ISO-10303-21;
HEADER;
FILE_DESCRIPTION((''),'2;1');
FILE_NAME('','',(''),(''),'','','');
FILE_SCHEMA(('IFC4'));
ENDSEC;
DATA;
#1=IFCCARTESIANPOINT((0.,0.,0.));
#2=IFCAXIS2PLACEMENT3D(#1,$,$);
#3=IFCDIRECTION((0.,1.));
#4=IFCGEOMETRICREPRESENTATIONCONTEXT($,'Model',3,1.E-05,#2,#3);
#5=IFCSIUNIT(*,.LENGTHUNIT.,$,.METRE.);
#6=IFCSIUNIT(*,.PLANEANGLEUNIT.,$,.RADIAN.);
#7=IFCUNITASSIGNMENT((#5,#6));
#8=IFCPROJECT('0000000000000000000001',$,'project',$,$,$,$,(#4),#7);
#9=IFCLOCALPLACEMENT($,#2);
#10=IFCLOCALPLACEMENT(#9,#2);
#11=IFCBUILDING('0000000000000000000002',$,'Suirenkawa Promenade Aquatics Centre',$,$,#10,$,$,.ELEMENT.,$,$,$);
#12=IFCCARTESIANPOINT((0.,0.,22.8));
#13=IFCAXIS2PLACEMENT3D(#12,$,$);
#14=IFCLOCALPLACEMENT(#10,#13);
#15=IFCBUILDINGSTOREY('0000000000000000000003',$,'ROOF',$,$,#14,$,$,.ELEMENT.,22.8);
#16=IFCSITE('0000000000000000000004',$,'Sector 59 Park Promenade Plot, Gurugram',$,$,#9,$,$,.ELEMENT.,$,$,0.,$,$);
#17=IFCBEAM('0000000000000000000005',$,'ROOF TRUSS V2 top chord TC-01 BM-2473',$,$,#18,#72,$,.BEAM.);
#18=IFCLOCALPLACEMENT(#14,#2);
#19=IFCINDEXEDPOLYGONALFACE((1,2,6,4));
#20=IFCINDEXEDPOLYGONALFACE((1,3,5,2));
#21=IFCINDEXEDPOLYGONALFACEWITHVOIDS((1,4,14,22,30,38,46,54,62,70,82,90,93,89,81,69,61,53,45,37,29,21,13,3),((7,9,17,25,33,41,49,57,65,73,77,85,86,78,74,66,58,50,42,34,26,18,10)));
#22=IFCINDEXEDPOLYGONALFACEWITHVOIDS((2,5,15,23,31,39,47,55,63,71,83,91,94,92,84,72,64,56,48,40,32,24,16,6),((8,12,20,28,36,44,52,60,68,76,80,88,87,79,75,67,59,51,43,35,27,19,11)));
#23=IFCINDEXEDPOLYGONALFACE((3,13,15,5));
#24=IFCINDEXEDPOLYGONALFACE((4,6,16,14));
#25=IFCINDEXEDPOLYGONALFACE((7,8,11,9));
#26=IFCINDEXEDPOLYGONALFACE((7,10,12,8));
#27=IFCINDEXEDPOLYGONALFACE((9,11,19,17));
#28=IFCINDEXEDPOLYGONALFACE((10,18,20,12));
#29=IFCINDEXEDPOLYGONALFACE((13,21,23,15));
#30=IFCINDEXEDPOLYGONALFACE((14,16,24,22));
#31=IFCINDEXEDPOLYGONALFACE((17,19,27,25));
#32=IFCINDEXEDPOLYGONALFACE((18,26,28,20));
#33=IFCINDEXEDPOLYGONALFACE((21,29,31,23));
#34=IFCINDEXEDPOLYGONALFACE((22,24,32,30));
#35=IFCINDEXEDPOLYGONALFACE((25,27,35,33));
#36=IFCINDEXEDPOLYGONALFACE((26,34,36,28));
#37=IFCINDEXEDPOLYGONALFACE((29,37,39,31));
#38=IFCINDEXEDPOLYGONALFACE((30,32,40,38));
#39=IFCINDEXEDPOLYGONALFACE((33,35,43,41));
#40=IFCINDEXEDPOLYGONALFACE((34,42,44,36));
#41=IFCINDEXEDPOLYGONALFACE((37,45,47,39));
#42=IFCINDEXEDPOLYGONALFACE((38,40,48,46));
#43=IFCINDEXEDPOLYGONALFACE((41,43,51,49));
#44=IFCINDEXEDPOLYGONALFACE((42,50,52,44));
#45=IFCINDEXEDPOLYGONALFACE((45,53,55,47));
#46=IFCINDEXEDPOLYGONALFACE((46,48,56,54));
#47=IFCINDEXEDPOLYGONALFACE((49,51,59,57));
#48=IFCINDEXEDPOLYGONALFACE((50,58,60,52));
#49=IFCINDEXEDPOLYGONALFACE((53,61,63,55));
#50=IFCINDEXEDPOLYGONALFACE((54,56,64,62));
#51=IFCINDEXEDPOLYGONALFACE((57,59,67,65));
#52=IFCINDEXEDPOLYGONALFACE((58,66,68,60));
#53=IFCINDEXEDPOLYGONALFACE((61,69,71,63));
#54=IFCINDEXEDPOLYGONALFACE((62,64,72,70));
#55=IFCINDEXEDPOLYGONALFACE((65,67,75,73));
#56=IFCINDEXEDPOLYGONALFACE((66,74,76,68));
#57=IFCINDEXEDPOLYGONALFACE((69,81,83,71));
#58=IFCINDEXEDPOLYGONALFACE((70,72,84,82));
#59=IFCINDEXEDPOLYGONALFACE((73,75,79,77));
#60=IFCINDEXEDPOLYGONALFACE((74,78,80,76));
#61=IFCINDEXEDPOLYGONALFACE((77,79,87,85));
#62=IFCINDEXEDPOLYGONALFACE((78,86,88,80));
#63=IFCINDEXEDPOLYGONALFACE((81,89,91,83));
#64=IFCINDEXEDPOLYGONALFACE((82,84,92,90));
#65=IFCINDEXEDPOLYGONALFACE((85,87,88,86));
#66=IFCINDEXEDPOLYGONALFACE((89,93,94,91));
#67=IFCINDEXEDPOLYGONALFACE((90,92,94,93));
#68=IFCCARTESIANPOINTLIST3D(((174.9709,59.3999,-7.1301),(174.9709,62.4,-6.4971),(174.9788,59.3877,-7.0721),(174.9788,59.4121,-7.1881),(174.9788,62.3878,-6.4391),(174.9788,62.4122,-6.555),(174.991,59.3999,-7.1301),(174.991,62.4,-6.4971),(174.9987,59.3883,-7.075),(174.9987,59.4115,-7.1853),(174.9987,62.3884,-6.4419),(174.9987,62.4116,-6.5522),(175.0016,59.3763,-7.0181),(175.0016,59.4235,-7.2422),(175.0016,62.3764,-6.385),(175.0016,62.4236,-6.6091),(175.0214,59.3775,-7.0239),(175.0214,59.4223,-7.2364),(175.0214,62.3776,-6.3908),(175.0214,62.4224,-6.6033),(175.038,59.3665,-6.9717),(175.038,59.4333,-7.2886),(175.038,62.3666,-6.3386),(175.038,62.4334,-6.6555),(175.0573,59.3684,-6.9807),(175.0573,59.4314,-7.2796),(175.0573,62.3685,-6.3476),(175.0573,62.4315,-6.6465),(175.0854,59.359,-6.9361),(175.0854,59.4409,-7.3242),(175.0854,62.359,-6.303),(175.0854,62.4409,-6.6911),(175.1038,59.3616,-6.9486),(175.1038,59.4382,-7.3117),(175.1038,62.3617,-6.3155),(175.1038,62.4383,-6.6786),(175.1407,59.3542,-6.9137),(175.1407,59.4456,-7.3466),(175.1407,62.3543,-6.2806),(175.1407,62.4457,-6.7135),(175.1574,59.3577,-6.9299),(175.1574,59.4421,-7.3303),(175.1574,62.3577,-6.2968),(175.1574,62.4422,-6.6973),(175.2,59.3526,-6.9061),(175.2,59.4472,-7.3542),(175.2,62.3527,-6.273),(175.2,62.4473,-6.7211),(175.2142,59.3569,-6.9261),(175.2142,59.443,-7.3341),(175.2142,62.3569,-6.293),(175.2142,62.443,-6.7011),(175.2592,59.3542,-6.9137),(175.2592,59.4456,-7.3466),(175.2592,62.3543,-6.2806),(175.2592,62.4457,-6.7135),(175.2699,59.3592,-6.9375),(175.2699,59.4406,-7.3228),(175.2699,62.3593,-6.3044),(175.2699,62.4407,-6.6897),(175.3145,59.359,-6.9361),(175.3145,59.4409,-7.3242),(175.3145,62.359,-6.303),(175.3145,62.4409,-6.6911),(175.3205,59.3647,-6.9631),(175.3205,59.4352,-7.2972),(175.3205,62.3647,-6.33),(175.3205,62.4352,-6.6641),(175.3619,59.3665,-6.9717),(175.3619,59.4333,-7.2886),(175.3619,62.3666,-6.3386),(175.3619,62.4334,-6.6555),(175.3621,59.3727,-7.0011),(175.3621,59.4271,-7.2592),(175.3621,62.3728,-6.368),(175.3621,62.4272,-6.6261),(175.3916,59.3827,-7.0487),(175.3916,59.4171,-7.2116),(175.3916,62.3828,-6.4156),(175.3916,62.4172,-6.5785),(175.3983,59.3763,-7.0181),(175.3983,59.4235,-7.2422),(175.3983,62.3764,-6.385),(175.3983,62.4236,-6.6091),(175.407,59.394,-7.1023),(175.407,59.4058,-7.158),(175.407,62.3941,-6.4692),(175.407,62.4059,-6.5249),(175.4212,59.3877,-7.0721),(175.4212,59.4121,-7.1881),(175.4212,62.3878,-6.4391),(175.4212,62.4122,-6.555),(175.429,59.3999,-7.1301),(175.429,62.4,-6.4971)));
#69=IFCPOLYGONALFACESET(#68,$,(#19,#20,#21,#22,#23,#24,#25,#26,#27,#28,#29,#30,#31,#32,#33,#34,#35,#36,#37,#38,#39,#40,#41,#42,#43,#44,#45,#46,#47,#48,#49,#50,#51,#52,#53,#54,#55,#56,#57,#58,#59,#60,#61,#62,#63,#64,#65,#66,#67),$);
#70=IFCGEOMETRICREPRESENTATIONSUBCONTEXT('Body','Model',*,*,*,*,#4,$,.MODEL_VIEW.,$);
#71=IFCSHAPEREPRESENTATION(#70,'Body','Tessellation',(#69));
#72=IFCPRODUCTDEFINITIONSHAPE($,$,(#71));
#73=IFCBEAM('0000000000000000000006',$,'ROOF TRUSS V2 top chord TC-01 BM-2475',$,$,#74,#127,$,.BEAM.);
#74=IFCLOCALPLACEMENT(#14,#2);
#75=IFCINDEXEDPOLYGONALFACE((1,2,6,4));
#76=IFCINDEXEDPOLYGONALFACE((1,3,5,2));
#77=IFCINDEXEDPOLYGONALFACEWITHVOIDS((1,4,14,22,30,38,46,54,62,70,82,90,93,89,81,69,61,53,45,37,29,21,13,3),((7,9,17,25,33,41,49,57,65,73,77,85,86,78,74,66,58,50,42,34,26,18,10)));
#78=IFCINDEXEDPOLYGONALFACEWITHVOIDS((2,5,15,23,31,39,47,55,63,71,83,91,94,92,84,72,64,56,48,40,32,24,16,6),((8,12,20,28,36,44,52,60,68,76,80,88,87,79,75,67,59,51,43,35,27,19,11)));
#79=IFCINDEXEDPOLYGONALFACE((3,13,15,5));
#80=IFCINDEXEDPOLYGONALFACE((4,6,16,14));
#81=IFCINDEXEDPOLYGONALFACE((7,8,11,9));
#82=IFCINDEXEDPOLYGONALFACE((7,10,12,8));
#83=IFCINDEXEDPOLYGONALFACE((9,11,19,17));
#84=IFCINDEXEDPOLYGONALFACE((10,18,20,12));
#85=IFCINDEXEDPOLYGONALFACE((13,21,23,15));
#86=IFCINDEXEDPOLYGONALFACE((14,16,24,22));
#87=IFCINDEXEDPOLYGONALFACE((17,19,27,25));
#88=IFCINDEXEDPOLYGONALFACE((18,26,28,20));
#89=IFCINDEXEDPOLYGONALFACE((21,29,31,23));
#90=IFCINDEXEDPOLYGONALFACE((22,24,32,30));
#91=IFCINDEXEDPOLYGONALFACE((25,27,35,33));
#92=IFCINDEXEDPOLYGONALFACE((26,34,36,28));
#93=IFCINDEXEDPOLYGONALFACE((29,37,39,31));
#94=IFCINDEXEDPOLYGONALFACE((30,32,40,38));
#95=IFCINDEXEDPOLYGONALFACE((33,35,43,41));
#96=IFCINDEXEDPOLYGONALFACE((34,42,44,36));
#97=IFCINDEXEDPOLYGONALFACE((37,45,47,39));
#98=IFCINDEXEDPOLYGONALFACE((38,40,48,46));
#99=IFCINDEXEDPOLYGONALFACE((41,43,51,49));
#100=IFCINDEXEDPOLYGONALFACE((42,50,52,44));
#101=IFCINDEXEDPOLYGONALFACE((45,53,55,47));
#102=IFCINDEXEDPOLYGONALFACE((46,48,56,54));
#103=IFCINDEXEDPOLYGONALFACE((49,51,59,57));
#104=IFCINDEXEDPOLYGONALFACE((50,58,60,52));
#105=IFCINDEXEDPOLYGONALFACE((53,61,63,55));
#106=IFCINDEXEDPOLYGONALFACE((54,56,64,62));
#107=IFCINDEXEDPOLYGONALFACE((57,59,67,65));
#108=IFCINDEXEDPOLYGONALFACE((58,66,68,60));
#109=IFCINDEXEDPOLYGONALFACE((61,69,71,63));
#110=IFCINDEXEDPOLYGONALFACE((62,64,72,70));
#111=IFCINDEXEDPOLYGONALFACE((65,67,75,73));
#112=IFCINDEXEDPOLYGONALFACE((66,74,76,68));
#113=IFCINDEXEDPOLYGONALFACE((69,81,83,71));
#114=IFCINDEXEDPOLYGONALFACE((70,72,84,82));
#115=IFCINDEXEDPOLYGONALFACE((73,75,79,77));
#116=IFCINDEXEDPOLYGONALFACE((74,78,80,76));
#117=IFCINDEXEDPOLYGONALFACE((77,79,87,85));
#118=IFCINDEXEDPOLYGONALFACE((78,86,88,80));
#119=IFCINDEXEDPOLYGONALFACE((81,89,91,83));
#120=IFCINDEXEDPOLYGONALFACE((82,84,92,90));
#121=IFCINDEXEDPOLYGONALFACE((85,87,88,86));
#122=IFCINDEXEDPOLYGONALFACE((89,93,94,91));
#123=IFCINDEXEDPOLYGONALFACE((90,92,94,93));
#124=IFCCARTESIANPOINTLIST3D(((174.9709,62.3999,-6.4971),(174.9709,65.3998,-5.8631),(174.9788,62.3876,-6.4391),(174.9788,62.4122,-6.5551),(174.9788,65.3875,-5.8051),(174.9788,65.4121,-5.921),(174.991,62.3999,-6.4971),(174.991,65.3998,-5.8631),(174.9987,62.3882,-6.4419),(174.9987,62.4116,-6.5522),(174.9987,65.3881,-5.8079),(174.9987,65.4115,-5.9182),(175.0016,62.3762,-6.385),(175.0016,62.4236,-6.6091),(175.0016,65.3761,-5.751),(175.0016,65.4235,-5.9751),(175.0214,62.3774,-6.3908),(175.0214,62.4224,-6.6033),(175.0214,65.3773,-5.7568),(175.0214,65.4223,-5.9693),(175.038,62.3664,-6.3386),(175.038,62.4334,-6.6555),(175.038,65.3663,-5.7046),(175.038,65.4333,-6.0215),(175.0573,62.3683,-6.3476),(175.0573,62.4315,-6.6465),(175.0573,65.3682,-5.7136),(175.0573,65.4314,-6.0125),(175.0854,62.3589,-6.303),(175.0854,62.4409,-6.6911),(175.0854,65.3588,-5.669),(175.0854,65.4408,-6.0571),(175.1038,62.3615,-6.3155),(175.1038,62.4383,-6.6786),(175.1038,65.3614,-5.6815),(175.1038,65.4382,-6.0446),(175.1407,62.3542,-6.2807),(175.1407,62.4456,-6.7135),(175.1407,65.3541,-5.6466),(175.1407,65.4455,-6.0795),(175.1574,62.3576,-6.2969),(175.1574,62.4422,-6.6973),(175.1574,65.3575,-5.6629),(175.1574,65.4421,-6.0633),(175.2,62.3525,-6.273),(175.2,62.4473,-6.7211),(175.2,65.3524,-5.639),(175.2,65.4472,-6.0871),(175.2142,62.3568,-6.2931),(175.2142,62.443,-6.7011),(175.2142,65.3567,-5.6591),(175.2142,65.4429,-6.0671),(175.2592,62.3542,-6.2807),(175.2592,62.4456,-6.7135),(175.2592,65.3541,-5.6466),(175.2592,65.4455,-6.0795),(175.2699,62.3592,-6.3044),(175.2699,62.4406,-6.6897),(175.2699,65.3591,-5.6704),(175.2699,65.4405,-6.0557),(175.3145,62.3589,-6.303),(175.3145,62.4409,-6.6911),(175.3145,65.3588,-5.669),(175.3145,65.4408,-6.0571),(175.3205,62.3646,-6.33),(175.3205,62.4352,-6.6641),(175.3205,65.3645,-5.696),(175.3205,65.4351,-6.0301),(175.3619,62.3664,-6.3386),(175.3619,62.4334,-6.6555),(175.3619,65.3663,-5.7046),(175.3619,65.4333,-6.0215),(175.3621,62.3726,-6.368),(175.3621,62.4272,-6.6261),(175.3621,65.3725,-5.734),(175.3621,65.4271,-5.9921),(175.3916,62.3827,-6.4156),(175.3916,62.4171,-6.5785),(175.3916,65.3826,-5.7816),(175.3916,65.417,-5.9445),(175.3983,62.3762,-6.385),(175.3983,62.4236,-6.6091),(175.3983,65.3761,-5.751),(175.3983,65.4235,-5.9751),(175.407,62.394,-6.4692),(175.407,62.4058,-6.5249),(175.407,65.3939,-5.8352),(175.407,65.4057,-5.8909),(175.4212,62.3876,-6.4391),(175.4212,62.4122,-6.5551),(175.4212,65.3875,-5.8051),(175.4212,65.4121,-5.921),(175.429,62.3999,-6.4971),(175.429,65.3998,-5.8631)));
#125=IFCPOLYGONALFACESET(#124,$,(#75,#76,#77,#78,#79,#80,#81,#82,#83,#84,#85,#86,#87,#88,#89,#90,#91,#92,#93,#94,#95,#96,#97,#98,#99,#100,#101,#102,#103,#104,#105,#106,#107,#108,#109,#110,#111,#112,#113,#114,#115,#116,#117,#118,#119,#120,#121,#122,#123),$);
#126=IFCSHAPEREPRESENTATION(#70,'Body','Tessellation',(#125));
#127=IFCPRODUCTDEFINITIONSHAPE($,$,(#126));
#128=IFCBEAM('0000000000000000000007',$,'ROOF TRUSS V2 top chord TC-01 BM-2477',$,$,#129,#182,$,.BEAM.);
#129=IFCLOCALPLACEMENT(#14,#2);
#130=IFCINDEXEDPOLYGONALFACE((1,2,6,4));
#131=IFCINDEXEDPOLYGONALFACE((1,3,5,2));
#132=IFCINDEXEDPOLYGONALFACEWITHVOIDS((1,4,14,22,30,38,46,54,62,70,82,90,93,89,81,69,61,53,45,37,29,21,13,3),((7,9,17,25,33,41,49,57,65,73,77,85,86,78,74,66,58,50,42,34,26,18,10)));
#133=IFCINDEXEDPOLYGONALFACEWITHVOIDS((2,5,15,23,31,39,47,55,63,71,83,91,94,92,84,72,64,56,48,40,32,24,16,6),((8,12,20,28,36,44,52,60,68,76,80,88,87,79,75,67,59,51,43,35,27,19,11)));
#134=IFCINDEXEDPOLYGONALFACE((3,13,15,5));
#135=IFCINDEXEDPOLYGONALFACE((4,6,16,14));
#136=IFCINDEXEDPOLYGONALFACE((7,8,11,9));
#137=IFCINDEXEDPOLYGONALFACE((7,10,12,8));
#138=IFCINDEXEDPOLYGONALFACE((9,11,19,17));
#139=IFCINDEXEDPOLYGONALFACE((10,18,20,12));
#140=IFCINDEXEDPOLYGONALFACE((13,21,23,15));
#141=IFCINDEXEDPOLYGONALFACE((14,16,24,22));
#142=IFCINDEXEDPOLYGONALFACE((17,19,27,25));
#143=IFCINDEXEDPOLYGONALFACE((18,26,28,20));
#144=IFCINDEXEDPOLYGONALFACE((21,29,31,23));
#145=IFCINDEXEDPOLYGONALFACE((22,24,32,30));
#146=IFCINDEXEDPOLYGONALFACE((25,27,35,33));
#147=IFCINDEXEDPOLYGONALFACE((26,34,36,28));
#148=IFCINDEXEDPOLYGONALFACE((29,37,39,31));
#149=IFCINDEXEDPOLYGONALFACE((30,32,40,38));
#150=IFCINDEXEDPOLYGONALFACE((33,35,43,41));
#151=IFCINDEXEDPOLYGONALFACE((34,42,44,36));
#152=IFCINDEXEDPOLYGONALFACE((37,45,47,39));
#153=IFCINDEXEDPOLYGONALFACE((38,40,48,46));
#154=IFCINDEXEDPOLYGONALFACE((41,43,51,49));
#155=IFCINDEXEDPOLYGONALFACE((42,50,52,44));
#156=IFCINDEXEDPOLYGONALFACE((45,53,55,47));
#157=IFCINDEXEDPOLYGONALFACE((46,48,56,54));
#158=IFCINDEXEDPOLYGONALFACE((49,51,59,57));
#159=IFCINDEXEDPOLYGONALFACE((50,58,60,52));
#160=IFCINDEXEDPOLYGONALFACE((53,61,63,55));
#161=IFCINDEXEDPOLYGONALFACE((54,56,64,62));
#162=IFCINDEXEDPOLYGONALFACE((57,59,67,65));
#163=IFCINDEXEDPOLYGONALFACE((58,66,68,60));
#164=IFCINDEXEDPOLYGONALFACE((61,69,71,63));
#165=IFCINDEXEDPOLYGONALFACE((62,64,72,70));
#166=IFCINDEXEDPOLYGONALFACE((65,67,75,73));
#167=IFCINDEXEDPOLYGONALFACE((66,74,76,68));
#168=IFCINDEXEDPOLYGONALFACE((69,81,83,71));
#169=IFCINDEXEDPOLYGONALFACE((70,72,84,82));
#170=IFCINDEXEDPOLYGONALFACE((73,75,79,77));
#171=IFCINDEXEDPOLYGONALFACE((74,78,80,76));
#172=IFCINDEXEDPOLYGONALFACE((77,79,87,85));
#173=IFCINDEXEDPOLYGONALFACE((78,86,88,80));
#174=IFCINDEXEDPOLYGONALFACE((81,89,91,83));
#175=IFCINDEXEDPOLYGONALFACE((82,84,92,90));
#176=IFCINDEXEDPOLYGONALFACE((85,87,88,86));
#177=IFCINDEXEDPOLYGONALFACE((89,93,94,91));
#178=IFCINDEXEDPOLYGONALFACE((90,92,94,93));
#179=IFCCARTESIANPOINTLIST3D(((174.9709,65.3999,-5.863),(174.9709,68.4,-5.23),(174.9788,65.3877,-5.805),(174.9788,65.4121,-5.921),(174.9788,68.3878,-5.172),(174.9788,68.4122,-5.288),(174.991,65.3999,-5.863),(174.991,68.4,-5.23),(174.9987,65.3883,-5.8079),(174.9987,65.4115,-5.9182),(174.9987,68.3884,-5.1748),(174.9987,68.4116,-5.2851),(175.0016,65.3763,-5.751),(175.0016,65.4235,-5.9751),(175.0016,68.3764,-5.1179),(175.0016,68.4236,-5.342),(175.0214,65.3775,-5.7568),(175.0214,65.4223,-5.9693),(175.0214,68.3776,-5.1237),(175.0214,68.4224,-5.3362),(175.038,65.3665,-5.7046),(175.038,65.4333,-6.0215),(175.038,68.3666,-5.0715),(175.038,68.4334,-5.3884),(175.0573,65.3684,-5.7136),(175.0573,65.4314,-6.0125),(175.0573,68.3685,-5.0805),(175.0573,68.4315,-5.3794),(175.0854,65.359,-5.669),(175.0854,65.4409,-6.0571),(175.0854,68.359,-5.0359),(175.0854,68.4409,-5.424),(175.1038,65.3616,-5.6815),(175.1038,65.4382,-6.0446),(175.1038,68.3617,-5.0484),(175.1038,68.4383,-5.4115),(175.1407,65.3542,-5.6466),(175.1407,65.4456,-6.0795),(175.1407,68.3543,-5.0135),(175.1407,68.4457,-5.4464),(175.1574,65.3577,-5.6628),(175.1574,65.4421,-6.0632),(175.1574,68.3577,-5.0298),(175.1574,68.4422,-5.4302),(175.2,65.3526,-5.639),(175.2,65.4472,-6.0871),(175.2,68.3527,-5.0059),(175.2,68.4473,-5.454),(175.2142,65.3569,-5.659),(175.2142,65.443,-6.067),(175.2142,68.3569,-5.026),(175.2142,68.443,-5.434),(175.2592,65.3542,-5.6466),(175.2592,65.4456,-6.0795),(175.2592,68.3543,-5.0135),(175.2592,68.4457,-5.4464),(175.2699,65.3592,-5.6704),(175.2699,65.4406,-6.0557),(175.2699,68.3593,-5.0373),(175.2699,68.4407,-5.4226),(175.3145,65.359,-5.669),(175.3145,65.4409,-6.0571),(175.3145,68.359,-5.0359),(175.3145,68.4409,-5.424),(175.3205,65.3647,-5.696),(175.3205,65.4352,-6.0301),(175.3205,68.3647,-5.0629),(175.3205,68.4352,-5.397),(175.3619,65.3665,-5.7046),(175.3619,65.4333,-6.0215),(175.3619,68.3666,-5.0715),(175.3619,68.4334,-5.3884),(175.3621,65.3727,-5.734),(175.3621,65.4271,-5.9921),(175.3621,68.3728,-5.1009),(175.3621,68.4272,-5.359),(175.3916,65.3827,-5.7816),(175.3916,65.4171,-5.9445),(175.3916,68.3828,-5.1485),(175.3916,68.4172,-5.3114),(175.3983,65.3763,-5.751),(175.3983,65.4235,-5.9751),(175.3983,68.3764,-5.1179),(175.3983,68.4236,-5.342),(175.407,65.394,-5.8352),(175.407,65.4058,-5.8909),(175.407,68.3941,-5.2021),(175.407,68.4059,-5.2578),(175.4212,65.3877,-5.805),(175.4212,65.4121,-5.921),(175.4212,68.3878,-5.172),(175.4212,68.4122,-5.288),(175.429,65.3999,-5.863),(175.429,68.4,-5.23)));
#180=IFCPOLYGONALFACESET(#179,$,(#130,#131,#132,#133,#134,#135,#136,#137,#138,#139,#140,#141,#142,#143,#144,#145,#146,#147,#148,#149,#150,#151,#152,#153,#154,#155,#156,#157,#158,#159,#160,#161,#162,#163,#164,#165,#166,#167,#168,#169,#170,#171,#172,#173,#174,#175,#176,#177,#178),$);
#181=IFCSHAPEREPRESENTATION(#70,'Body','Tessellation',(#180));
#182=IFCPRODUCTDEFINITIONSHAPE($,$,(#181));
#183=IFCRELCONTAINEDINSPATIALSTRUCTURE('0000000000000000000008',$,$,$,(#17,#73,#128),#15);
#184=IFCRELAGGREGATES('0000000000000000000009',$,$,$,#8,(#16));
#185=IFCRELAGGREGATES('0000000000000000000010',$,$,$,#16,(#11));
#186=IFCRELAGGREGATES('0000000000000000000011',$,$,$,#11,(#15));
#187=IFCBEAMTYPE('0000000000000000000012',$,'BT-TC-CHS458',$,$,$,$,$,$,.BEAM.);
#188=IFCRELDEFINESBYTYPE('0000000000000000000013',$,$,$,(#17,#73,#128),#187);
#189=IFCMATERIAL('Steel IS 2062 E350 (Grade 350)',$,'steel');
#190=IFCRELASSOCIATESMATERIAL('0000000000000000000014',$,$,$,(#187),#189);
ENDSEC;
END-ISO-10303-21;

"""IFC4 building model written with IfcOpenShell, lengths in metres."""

from ifc_helpers import new_model, si_unit, direction, frame, origin, origin_2d, place, context, subcontext, project, spatial, hollow_circle, extrude, material, material_profile, profile_set, type_object, element, save


model = new_model("IFC4")

# Units and contexts
model_context = context("Model", 3, precision=1e-05, world=origin(), true_north=direction((0.0, 1.0)))
body_context = subcontext(model_context, "Body", "Model", "MODEL_VIEW")
ifc_project = project(units=[si_unit("LENGTHUNIT", "METRE"), si_unit("PLANEANGLEUNIT", "RADIAN")], contexts=[model_context])

# Site, building, storey
site_placement = place(None, origin())
site = spatial("IfcSite", under=ifc_project, at=site_placement, Name="Sector 59 Park Promenade Plot, Gurugram", CompositionType="ELEMENT", RefElevation=0.0)
building_placement = place(site_placement, origin())
building = spatial("IfcBuilding", under=site, at=building_placement, Name="Suirenkawa Promenade Aquatics Centre", CompositionType="ELEMENT")
storey_placement = place(building_placement, frame((0.0, 0.0, 22.8)))
storey = spatial("IfcBuildingStorey", under=building, at=storey_placement, Name="ROOF", CompositionType="ELEMENT", Elevation=22.8)

# Beams
ifc_material = material(Name="Steel IS 2062 E350 (Grade 350)", Category="steel")
ifc_material_profile_1 = material_profile(ifc_material, hollow_circle(Radius=0.229, WallThickness=0.02, at=origin_2d()), Name="CHS 458x20", Category="steel")
ifc_profile_set_1 = profile_set([ifc_material_profile_1], Name="Steel IS 2062 E350 (Grade 350)")
beam_type_1 = type_object("IfcBeamType", Name="BT-TC-CHS458", PredefinedType="BEAM", material=ifc_profile_set_1)
for number, where, z_axis, x_axis, name in (
    (1, (175.2, 59.3999, -7.1301), (0.0, 0.978453, 0.206472), (-1.0, 0.0, 0.0), "ROOF TRUSS V2 top chord TC-01 BM-2473"),
    (2, (175.2, 62.3999, -6.4971), (0.0, 0.978388, 0.206777), (-1.0, 0.0, 0.0), "ROOF TRUSS V2 top chord TC-01 BM-2475"),
    (3, (175.2, 65.3999, -5.863), (0.0, 0.978453, 0.206472), (-1.0, 0.0, 0.0), "ROOF TRUSS V2 top chord TC-01 BM-2477"),
):
    element("IfcBeam", number, at=place(storey_placement, frame(where, z_axis=z_axis, x_axis=x_axis)), inside=storey, type_object=beam_type_1, Name=name, PredefinedType="BEAM", context=body_context, shape_type="SweptSolid", body=[
        extrude(hollow_circle(Radius=0.229, WallThickness=0.02, at=origin_2d()), origin(), (0.0, 0.0, 1.0), 3.0662),
    ])

save(model, "model.ifc")
